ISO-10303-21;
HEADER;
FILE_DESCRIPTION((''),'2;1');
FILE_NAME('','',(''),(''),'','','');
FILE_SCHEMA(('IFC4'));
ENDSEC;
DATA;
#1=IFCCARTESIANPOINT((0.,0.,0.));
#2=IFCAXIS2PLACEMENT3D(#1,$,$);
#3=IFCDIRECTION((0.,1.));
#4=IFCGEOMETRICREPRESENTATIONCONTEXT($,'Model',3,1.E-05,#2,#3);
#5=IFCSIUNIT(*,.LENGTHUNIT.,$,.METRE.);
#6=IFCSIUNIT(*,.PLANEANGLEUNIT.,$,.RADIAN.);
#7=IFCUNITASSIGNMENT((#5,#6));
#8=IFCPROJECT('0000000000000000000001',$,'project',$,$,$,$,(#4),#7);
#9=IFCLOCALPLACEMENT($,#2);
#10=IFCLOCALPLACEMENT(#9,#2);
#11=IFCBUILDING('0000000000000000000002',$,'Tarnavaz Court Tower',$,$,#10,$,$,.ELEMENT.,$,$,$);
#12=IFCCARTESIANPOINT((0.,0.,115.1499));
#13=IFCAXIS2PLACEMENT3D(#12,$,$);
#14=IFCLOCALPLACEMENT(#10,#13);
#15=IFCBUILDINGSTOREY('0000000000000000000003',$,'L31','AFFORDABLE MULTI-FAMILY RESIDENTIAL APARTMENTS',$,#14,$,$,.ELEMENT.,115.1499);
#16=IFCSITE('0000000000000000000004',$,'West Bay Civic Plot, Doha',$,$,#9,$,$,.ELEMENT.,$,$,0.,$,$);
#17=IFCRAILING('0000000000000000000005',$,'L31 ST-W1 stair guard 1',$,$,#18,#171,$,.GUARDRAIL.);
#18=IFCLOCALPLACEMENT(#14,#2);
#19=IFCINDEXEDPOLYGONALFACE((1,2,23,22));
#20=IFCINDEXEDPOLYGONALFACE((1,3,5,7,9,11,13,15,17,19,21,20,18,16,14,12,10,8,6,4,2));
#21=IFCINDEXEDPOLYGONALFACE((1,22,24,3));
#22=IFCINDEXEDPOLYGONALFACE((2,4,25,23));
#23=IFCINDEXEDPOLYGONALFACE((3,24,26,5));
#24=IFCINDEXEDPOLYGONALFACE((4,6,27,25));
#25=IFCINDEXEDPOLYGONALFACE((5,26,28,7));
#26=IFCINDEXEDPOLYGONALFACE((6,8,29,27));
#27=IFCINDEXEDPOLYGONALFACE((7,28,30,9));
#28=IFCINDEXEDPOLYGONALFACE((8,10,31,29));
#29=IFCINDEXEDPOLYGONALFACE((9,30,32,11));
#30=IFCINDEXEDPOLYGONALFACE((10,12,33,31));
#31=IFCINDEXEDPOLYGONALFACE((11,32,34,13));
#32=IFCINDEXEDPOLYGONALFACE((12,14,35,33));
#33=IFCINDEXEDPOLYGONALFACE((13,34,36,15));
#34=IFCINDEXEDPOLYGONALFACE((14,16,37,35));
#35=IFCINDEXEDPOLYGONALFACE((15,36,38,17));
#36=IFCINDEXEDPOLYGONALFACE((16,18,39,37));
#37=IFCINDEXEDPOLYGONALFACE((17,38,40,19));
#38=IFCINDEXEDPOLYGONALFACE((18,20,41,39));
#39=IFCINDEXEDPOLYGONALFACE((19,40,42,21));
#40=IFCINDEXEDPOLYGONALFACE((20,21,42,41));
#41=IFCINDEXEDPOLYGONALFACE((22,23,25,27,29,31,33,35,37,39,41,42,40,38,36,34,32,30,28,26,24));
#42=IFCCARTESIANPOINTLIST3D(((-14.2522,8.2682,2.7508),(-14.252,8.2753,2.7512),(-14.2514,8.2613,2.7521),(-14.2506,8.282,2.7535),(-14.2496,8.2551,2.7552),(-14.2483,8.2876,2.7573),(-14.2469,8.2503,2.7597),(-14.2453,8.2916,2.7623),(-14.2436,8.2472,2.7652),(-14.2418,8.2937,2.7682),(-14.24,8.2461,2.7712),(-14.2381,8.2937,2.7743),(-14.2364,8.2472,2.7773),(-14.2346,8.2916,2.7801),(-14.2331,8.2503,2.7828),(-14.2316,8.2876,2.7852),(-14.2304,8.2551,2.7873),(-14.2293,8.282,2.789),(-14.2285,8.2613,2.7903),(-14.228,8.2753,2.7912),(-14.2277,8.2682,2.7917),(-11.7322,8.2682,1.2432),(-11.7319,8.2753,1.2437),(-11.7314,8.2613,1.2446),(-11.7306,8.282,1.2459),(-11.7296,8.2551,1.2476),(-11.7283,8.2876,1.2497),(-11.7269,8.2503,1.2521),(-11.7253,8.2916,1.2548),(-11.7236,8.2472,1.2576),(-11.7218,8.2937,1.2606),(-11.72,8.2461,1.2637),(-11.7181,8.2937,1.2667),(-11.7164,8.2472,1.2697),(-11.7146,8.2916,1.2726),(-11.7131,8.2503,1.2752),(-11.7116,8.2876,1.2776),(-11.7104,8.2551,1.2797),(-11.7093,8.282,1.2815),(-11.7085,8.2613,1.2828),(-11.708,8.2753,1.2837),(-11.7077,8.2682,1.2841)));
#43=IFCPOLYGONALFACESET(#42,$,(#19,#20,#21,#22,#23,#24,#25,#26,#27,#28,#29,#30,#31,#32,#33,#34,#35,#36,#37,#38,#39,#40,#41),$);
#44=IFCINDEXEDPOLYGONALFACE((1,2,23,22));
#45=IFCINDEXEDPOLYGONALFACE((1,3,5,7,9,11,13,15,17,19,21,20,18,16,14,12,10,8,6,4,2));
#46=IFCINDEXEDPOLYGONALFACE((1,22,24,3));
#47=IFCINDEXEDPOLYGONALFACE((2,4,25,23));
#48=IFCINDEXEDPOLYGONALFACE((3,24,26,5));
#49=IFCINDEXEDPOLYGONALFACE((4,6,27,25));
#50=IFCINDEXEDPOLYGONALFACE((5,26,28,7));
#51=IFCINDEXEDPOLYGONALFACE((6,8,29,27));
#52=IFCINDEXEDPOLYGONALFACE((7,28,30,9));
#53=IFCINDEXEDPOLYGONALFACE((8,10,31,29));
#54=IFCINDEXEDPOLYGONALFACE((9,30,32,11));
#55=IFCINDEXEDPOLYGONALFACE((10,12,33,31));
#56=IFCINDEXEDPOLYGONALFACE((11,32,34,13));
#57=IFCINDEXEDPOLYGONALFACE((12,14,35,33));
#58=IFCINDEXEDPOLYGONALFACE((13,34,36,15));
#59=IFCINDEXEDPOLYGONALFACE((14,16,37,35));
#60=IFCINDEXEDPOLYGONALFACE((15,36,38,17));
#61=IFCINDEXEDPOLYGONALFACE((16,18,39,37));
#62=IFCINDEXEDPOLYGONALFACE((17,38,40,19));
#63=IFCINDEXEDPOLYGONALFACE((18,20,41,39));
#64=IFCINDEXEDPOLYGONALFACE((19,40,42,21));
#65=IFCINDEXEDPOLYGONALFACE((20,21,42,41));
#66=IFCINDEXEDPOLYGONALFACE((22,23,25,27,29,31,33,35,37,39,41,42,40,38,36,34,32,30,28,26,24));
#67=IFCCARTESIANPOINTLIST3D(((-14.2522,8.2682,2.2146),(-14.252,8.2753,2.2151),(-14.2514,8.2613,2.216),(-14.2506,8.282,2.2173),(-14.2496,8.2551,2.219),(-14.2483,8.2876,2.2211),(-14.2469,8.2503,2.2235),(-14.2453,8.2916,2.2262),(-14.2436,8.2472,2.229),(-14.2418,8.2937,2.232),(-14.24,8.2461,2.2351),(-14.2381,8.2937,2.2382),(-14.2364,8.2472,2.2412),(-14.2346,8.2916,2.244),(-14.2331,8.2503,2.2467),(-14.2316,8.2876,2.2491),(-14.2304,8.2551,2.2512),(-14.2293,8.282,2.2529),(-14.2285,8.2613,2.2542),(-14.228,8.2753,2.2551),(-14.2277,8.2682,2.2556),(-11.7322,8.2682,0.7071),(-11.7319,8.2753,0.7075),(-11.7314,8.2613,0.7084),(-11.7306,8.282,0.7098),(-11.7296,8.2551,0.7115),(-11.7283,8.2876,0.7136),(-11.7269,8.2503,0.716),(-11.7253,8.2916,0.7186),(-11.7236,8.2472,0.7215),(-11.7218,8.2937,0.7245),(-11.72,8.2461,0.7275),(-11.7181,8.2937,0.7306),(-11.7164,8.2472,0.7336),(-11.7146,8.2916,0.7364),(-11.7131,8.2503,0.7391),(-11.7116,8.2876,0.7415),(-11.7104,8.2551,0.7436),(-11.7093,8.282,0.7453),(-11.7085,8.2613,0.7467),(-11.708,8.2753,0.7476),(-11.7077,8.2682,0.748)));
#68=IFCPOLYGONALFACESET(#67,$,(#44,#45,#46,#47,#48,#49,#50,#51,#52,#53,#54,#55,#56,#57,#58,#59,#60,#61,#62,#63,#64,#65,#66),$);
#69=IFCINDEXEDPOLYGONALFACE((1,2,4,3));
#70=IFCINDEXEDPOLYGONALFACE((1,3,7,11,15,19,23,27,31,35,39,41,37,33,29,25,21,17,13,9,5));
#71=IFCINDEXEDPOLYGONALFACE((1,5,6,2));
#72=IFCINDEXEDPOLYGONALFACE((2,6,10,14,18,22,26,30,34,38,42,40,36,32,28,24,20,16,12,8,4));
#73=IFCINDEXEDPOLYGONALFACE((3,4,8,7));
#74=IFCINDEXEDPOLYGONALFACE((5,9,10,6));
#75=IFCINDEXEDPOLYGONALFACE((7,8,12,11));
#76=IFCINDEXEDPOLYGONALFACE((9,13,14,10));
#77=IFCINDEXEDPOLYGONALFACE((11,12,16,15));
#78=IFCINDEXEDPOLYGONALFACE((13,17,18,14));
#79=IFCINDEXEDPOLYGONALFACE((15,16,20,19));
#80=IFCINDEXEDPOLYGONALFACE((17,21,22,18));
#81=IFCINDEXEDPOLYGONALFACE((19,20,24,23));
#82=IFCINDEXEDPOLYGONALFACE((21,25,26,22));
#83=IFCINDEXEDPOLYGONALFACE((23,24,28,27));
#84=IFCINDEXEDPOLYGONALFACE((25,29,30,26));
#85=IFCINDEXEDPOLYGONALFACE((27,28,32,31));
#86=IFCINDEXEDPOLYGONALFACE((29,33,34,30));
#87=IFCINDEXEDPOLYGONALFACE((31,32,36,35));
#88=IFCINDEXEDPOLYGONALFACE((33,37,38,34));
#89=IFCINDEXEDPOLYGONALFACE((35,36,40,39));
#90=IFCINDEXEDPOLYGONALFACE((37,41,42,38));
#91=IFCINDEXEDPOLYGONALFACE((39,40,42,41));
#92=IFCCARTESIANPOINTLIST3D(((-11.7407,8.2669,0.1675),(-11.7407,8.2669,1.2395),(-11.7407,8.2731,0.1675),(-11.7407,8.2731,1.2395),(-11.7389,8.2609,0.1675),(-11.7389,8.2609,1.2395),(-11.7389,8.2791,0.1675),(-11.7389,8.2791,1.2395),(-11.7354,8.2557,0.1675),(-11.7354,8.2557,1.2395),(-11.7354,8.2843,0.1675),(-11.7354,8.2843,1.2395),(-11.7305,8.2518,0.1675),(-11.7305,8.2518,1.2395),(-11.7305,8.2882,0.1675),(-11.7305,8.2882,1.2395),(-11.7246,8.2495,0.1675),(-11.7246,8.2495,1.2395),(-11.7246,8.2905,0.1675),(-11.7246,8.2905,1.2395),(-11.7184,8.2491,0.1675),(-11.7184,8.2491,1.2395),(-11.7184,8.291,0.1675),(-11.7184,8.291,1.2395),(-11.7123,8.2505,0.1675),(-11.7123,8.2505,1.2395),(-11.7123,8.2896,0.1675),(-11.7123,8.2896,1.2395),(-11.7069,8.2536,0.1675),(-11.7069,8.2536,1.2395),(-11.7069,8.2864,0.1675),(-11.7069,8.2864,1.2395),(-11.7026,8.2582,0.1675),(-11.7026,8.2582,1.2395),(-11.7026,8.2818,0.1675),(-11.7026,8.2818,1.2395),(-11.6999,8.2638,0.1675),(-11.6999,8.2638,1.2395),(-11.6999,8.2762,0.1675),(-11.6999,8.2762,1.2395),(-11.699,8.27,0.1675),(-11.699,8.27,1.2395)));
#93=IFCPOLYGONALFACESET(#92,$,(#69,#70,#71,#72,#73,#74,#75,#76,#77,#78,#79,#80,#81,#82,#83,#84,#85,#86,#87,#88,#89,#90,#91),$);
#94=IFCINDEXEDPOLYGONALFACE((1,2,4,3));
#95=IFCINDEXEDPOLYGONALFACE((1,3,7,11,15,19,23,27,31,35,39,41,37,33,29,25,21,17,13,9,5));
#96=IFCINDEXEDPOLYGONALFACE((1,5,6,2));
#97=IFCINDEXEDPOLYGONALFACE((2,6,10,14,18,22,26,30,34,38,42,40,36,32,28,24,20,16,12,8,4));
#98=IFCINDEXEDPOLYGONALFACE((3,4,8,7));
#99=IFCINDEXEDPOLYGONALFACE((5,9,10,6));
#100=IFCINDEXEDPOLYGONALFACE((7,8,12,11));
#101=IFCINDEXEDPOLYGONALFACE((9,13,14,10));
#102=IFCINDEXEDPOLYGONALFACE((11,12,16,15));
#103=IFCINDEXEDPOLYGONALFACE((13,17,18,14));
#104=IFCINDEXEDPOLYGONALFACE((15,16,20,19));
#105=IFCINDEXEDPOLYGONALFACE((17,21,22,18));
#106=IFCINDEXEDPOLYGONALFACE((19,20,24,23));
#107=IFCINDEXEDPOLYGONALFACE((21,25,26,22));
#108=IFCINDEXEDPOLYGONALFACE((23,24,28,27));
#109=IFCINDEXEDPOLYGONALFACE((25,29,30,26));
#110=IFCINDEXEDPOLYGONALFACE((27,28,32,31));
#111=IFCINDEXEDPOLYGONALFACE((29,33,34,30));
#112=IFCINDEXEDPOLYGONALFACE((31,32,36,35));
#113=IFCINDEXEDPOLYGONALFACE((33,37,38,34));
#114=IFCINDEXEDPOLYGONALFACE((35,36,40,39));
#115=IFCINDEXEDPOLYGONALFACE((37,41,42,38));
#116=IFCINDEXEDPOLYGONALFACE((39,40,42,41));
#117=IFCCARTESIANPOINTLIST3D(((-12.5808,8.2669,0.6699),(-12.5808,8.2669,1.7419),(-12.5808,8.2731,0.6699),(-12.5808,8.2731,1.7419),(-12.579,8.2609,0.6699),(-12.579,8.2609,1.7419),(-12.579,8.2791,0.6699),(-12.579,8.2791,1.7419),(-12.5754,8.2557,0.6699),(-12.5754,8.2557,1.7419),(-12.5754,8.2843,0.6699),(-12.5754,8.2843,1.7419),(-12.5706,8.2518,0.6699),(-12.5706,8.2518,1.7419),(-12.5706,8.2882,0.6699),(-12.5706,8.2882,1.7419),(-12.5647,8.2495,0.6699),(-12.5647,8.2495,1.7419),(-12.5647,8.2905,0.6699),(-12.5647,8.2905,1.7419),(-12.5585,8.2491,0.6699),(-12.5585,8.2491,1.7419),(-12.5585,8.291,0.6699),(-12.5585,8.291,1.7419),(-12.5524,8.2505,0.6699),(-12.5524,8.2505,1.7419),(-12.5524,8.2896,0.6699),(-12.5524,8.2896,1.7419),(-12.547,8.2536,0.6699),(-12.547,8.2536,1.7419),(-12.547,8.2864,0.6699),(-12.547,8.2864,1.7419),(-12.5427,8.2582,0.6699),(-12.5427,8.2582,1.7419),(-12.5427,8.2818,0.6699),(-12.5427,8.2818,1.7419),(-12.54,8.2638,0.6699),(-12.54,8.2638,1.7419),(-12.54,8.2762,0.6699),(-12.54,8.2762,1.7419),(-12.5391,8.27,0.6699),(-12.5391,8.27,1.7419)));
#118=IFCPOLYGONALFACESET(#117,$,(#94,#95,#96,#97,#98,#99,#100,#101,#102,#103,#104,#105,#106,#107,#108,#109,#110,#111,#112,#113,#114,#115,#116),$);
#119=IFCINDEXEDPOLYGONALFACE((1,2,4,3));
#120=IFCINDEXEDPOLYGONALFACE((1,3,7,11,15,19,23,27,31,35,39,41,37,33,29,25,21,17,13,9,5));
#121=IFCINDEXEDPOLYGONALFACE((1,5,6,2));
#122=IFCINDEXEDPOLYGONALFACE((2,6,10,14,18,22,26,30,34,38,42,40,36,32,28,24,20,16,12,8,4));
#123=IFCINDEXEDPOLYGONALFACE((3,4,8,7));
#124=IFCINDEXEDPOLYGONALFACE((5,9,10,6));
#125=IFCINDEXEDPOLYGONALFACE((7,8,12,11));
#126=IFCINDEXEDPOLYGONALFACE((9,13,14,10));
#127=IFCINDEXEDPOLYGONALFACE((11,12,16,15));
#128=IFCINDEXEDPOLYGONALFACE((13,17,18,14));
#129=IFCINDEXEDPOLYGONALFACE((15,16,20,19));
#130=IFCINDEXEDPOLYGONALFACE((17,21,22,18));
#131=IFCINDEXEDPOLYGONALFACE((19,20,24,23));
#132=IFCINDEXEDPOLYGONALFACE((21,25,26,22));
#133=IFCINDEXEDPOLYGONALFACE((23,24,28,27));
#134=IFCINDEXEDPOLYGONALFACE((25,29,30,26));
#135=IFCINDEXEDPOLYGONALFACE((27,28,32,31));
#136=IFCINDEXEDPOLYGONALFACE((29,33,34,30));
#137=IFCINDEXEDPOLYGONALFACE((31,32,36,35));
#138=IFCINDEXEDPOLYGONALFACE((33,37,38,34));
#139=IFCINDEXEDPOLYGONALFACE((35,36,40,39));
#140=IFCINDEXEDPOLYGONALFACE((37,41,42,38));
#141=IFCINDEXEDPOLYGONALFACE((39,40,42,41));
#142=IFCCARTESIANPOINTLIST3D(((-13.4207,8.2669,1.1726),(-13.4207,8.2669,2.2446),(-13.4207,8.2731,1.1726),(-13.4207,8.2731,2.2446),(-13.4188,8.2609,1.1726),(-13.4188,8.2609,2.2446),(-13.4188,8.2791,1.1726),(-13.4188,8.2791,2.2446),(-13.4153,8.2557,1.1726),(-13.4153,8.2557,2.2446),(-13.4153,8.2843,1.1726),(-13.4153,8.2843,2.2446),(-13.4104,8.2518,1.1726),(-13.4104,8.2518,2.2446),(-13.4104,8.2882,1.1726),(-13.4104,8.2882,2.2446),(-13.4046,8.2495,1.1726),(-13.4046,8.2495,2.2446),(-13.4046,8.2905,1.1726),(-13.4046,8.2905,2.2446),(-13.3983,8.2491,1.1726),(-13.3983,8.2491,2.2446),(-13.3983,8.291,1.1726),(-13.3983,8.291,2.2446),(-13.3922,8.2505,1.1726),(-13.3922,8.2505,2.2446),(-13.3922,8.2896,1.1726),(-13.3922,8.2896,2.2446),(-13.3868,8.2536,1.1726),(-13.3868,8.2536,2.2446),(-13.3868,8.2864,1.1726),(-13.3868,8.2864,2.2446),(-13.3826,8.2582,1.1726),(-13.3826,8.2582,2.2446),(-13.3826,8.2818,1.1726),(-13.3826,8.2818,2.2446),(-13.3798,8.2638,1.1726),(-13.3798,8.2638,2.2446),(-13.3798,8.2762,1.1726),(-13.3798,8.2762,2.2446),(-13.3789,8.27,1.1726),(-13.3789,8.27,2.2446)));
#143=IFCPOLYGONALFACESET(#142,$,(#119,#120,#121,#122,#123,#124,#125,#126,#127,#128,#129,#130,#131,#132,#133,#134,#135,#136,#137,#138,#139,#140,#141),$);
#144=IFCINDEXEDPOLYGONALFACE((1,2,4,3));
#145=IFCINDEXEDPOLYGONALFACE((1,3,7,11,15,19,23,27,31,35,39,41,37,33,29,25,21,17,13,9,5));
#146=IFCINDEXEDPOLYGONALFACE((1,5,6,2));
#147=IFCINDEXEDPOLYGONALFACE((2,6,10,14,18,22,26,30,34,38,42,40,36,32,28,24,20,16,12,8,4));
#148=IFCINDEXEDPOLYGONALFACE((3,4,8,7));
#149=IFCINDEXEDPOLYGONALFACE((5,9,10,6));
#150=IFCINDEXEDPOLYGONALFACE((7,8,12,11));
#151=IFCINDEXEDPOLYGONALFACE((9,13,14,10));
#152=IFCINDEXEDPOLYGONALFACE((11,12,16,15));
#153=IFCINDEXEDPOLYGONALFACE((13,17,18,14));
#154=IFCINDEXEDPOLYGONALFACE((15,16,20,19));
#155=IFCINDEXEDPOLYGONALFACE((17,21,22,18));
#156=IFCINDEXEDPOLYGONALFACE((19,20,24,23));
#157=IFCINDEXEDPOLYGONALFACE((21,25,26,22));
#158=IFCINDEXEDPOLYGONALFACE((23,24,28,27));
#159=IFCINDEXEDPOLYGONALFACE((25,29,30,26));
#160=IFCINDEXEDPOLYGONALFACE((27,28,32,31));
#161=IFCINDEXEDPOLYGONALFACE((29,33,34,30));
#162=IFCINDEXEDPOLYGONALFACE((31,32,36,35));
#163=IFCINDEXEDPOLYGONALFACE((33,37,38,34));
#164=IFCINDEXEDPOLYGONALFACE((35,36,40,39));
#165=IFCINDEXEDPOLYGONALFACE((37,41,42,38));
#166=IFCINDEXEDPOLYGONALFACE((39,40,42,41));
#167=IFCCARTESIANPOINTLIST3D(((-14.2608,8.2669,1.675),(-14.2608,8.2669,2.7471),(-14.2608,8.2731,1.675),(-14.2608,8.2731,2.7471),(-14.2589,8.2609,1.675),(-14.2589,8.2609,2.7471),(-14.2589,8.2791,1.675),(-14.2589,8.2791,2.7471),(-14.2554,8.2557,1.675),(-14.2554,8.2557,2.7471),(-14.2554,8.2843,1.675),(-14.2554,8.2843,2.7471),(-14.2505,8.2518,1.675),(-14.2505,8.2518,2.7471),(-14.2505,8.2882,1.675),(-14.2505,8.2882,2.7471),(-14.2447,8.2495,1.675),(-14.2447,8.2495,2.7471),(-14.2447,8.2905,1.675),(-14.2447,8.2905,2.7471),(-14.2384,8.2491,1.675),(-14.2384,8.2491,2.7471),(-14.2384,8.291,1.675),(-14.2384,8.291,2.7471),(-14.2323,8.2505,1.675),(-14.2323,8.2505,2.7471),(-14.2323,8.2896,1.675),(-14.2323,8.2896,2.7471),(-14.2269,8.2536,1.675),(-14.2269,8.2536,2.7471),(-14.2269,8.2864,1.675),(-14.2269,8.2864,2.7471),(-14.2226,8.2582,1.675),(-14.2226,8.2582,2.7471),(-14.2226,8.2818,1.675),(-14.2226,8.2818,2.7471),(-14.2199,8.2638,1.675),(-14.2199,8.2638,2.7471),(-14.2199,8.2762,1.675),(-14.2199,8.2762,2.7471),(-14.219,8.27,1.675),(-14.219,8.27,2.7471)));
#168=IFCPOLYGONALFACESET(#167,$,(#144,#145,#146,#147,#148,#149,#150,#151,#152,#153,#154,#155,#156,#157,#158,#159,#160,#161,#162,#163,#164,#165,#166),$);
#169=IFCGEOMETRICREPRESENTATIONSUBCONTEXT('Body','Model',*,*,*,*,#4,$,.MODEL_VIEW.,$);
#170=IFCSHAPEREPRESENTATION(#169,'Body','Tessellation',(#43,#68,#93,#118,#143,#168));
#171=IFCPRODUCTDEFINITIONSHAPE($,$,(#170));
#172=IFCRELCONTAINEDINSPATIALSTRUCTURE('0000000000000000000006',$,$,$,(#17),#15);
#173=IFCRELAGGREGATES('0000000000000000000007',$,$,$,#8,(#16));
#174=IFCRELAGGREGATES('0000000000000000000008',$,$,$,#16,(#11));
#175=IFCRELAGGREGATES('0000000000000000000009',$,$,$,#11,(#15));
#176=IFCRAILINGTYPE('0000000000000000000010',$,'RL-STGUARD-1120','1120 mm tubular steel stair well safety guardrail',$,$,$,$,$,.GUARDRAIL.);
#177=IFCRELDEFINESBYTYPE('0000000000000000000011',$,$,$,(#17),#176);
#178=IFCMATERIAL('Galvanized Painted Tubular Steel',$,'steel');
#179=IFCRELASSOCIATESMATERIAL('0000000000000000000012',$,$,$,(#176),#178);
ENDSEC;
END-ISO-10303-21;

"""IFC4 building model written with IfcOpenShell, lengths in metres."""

from ifc_helpers import new_model, si_unit, direction, frame, origin, origin_2d, place, context, subcontext, project, spatial, circle, extrude, material, type_object, element, save


model = new_model("IFC4")

# Units and contexts
model_context = context("Model", 3, precision=1e-05, world=origin(), true_north=direction((0.0, 1.0)))
body_context = subcontext(model_context, "Body", "Model", "MODEL_VIEW")
ifc_project = project(units=[si_unit("LENGTHUNIT", "METRE"), si_unit("PLANEANGLEUNIT", "RADIAN")], contexts=[model_context])

# Site, building, storey
site_placement = place(None, origin())
site = spatial("IfcSite", under=ifc_project, at=site_placement, Name="West Bay Civic Plot, Doha", CompositionType="ELEMENT", RefElevation=0.0)
building_placement = place(site_placement, origin())
building = spatial("IfcBuilding", under=site, at=building_placement, Name="Tarnavaz Court Tower", CompositionType="ELEMENT")
storey_placement = place(building_placement, frame((0.0, 0.0, 115.1499)))
storey = spatial("IfcBuildingStorey", under=building, at=storey_placement, Name="L31", Description="AFFORDABLE MULTI-FAMILY RESIDENTIAL APARTMENTS", CompositionType="ELEMENT", Elevation=115.1499)

# Railing
ifc_material_1 = material(Name="Galvanized Painted Tubular Steel", Category="steel")
railing_type_1 = type_object("IfcRailingType", Name="RL-STGUARD-1120", Description="1120 mm tubular steel stair well safety guardrail", PredefinedType="GUARDRAIL", material=ifc_material_1)
railing_1_placement = place(storey_placement, frame((-11.72, 8.27, 0.1675)))
element("IfcRailing", 1, at=railing_1_placement, inside=storey, type_object=railing_type_1, Name="L31 ST-W1 stair guard 1", PredefinedType="GUARDRAIL", context=body_context, shape_type="SweptSolid", body=[
    extrude(circle(Radius=0.0239, at=origin_2d()), frame((0.0, 0.0, 1.0962), z_axis=(-0.85816, 0.0, 0.513383), x_axis=(0.0, -1.0, 0.0)), (0.0, 0.0, 1.0), 2.9365),
    extrude(circle(Radius=0.0239, at=origin_2d()), frame((0.0, 0.0, 0.5601), z_axis=(-0.85816, 0.0, 0.513383), x_axis=(0.0, -1.0, 0.0)), (0.0, 0.0, 1.0), 2.9365),
    extrude(circle(Radius=0.021, at=origin_2d()), origin(), (0.0, 0.0, 1.0), 1.072),
    extrude(circle(Radius=0.021, at=origin_2d()), frame((-0.8401, 0.0, 0.5024)), (0.0, 0.0, 1.0), 1.072),
    extrude(circle(Radius=0.021, at=origin_2d()), frame((-1.6799, 0.0, 1.0051)), (0.0, 0.0, 1.0), 1.072),
    extrude(circle(Radius=0.021, at=origin_2d()), frame((-2.52, 0.0, 1.5076)), (0.0, 0.0, 1.0), 1.072),
])

save(model, "model.ifc")
